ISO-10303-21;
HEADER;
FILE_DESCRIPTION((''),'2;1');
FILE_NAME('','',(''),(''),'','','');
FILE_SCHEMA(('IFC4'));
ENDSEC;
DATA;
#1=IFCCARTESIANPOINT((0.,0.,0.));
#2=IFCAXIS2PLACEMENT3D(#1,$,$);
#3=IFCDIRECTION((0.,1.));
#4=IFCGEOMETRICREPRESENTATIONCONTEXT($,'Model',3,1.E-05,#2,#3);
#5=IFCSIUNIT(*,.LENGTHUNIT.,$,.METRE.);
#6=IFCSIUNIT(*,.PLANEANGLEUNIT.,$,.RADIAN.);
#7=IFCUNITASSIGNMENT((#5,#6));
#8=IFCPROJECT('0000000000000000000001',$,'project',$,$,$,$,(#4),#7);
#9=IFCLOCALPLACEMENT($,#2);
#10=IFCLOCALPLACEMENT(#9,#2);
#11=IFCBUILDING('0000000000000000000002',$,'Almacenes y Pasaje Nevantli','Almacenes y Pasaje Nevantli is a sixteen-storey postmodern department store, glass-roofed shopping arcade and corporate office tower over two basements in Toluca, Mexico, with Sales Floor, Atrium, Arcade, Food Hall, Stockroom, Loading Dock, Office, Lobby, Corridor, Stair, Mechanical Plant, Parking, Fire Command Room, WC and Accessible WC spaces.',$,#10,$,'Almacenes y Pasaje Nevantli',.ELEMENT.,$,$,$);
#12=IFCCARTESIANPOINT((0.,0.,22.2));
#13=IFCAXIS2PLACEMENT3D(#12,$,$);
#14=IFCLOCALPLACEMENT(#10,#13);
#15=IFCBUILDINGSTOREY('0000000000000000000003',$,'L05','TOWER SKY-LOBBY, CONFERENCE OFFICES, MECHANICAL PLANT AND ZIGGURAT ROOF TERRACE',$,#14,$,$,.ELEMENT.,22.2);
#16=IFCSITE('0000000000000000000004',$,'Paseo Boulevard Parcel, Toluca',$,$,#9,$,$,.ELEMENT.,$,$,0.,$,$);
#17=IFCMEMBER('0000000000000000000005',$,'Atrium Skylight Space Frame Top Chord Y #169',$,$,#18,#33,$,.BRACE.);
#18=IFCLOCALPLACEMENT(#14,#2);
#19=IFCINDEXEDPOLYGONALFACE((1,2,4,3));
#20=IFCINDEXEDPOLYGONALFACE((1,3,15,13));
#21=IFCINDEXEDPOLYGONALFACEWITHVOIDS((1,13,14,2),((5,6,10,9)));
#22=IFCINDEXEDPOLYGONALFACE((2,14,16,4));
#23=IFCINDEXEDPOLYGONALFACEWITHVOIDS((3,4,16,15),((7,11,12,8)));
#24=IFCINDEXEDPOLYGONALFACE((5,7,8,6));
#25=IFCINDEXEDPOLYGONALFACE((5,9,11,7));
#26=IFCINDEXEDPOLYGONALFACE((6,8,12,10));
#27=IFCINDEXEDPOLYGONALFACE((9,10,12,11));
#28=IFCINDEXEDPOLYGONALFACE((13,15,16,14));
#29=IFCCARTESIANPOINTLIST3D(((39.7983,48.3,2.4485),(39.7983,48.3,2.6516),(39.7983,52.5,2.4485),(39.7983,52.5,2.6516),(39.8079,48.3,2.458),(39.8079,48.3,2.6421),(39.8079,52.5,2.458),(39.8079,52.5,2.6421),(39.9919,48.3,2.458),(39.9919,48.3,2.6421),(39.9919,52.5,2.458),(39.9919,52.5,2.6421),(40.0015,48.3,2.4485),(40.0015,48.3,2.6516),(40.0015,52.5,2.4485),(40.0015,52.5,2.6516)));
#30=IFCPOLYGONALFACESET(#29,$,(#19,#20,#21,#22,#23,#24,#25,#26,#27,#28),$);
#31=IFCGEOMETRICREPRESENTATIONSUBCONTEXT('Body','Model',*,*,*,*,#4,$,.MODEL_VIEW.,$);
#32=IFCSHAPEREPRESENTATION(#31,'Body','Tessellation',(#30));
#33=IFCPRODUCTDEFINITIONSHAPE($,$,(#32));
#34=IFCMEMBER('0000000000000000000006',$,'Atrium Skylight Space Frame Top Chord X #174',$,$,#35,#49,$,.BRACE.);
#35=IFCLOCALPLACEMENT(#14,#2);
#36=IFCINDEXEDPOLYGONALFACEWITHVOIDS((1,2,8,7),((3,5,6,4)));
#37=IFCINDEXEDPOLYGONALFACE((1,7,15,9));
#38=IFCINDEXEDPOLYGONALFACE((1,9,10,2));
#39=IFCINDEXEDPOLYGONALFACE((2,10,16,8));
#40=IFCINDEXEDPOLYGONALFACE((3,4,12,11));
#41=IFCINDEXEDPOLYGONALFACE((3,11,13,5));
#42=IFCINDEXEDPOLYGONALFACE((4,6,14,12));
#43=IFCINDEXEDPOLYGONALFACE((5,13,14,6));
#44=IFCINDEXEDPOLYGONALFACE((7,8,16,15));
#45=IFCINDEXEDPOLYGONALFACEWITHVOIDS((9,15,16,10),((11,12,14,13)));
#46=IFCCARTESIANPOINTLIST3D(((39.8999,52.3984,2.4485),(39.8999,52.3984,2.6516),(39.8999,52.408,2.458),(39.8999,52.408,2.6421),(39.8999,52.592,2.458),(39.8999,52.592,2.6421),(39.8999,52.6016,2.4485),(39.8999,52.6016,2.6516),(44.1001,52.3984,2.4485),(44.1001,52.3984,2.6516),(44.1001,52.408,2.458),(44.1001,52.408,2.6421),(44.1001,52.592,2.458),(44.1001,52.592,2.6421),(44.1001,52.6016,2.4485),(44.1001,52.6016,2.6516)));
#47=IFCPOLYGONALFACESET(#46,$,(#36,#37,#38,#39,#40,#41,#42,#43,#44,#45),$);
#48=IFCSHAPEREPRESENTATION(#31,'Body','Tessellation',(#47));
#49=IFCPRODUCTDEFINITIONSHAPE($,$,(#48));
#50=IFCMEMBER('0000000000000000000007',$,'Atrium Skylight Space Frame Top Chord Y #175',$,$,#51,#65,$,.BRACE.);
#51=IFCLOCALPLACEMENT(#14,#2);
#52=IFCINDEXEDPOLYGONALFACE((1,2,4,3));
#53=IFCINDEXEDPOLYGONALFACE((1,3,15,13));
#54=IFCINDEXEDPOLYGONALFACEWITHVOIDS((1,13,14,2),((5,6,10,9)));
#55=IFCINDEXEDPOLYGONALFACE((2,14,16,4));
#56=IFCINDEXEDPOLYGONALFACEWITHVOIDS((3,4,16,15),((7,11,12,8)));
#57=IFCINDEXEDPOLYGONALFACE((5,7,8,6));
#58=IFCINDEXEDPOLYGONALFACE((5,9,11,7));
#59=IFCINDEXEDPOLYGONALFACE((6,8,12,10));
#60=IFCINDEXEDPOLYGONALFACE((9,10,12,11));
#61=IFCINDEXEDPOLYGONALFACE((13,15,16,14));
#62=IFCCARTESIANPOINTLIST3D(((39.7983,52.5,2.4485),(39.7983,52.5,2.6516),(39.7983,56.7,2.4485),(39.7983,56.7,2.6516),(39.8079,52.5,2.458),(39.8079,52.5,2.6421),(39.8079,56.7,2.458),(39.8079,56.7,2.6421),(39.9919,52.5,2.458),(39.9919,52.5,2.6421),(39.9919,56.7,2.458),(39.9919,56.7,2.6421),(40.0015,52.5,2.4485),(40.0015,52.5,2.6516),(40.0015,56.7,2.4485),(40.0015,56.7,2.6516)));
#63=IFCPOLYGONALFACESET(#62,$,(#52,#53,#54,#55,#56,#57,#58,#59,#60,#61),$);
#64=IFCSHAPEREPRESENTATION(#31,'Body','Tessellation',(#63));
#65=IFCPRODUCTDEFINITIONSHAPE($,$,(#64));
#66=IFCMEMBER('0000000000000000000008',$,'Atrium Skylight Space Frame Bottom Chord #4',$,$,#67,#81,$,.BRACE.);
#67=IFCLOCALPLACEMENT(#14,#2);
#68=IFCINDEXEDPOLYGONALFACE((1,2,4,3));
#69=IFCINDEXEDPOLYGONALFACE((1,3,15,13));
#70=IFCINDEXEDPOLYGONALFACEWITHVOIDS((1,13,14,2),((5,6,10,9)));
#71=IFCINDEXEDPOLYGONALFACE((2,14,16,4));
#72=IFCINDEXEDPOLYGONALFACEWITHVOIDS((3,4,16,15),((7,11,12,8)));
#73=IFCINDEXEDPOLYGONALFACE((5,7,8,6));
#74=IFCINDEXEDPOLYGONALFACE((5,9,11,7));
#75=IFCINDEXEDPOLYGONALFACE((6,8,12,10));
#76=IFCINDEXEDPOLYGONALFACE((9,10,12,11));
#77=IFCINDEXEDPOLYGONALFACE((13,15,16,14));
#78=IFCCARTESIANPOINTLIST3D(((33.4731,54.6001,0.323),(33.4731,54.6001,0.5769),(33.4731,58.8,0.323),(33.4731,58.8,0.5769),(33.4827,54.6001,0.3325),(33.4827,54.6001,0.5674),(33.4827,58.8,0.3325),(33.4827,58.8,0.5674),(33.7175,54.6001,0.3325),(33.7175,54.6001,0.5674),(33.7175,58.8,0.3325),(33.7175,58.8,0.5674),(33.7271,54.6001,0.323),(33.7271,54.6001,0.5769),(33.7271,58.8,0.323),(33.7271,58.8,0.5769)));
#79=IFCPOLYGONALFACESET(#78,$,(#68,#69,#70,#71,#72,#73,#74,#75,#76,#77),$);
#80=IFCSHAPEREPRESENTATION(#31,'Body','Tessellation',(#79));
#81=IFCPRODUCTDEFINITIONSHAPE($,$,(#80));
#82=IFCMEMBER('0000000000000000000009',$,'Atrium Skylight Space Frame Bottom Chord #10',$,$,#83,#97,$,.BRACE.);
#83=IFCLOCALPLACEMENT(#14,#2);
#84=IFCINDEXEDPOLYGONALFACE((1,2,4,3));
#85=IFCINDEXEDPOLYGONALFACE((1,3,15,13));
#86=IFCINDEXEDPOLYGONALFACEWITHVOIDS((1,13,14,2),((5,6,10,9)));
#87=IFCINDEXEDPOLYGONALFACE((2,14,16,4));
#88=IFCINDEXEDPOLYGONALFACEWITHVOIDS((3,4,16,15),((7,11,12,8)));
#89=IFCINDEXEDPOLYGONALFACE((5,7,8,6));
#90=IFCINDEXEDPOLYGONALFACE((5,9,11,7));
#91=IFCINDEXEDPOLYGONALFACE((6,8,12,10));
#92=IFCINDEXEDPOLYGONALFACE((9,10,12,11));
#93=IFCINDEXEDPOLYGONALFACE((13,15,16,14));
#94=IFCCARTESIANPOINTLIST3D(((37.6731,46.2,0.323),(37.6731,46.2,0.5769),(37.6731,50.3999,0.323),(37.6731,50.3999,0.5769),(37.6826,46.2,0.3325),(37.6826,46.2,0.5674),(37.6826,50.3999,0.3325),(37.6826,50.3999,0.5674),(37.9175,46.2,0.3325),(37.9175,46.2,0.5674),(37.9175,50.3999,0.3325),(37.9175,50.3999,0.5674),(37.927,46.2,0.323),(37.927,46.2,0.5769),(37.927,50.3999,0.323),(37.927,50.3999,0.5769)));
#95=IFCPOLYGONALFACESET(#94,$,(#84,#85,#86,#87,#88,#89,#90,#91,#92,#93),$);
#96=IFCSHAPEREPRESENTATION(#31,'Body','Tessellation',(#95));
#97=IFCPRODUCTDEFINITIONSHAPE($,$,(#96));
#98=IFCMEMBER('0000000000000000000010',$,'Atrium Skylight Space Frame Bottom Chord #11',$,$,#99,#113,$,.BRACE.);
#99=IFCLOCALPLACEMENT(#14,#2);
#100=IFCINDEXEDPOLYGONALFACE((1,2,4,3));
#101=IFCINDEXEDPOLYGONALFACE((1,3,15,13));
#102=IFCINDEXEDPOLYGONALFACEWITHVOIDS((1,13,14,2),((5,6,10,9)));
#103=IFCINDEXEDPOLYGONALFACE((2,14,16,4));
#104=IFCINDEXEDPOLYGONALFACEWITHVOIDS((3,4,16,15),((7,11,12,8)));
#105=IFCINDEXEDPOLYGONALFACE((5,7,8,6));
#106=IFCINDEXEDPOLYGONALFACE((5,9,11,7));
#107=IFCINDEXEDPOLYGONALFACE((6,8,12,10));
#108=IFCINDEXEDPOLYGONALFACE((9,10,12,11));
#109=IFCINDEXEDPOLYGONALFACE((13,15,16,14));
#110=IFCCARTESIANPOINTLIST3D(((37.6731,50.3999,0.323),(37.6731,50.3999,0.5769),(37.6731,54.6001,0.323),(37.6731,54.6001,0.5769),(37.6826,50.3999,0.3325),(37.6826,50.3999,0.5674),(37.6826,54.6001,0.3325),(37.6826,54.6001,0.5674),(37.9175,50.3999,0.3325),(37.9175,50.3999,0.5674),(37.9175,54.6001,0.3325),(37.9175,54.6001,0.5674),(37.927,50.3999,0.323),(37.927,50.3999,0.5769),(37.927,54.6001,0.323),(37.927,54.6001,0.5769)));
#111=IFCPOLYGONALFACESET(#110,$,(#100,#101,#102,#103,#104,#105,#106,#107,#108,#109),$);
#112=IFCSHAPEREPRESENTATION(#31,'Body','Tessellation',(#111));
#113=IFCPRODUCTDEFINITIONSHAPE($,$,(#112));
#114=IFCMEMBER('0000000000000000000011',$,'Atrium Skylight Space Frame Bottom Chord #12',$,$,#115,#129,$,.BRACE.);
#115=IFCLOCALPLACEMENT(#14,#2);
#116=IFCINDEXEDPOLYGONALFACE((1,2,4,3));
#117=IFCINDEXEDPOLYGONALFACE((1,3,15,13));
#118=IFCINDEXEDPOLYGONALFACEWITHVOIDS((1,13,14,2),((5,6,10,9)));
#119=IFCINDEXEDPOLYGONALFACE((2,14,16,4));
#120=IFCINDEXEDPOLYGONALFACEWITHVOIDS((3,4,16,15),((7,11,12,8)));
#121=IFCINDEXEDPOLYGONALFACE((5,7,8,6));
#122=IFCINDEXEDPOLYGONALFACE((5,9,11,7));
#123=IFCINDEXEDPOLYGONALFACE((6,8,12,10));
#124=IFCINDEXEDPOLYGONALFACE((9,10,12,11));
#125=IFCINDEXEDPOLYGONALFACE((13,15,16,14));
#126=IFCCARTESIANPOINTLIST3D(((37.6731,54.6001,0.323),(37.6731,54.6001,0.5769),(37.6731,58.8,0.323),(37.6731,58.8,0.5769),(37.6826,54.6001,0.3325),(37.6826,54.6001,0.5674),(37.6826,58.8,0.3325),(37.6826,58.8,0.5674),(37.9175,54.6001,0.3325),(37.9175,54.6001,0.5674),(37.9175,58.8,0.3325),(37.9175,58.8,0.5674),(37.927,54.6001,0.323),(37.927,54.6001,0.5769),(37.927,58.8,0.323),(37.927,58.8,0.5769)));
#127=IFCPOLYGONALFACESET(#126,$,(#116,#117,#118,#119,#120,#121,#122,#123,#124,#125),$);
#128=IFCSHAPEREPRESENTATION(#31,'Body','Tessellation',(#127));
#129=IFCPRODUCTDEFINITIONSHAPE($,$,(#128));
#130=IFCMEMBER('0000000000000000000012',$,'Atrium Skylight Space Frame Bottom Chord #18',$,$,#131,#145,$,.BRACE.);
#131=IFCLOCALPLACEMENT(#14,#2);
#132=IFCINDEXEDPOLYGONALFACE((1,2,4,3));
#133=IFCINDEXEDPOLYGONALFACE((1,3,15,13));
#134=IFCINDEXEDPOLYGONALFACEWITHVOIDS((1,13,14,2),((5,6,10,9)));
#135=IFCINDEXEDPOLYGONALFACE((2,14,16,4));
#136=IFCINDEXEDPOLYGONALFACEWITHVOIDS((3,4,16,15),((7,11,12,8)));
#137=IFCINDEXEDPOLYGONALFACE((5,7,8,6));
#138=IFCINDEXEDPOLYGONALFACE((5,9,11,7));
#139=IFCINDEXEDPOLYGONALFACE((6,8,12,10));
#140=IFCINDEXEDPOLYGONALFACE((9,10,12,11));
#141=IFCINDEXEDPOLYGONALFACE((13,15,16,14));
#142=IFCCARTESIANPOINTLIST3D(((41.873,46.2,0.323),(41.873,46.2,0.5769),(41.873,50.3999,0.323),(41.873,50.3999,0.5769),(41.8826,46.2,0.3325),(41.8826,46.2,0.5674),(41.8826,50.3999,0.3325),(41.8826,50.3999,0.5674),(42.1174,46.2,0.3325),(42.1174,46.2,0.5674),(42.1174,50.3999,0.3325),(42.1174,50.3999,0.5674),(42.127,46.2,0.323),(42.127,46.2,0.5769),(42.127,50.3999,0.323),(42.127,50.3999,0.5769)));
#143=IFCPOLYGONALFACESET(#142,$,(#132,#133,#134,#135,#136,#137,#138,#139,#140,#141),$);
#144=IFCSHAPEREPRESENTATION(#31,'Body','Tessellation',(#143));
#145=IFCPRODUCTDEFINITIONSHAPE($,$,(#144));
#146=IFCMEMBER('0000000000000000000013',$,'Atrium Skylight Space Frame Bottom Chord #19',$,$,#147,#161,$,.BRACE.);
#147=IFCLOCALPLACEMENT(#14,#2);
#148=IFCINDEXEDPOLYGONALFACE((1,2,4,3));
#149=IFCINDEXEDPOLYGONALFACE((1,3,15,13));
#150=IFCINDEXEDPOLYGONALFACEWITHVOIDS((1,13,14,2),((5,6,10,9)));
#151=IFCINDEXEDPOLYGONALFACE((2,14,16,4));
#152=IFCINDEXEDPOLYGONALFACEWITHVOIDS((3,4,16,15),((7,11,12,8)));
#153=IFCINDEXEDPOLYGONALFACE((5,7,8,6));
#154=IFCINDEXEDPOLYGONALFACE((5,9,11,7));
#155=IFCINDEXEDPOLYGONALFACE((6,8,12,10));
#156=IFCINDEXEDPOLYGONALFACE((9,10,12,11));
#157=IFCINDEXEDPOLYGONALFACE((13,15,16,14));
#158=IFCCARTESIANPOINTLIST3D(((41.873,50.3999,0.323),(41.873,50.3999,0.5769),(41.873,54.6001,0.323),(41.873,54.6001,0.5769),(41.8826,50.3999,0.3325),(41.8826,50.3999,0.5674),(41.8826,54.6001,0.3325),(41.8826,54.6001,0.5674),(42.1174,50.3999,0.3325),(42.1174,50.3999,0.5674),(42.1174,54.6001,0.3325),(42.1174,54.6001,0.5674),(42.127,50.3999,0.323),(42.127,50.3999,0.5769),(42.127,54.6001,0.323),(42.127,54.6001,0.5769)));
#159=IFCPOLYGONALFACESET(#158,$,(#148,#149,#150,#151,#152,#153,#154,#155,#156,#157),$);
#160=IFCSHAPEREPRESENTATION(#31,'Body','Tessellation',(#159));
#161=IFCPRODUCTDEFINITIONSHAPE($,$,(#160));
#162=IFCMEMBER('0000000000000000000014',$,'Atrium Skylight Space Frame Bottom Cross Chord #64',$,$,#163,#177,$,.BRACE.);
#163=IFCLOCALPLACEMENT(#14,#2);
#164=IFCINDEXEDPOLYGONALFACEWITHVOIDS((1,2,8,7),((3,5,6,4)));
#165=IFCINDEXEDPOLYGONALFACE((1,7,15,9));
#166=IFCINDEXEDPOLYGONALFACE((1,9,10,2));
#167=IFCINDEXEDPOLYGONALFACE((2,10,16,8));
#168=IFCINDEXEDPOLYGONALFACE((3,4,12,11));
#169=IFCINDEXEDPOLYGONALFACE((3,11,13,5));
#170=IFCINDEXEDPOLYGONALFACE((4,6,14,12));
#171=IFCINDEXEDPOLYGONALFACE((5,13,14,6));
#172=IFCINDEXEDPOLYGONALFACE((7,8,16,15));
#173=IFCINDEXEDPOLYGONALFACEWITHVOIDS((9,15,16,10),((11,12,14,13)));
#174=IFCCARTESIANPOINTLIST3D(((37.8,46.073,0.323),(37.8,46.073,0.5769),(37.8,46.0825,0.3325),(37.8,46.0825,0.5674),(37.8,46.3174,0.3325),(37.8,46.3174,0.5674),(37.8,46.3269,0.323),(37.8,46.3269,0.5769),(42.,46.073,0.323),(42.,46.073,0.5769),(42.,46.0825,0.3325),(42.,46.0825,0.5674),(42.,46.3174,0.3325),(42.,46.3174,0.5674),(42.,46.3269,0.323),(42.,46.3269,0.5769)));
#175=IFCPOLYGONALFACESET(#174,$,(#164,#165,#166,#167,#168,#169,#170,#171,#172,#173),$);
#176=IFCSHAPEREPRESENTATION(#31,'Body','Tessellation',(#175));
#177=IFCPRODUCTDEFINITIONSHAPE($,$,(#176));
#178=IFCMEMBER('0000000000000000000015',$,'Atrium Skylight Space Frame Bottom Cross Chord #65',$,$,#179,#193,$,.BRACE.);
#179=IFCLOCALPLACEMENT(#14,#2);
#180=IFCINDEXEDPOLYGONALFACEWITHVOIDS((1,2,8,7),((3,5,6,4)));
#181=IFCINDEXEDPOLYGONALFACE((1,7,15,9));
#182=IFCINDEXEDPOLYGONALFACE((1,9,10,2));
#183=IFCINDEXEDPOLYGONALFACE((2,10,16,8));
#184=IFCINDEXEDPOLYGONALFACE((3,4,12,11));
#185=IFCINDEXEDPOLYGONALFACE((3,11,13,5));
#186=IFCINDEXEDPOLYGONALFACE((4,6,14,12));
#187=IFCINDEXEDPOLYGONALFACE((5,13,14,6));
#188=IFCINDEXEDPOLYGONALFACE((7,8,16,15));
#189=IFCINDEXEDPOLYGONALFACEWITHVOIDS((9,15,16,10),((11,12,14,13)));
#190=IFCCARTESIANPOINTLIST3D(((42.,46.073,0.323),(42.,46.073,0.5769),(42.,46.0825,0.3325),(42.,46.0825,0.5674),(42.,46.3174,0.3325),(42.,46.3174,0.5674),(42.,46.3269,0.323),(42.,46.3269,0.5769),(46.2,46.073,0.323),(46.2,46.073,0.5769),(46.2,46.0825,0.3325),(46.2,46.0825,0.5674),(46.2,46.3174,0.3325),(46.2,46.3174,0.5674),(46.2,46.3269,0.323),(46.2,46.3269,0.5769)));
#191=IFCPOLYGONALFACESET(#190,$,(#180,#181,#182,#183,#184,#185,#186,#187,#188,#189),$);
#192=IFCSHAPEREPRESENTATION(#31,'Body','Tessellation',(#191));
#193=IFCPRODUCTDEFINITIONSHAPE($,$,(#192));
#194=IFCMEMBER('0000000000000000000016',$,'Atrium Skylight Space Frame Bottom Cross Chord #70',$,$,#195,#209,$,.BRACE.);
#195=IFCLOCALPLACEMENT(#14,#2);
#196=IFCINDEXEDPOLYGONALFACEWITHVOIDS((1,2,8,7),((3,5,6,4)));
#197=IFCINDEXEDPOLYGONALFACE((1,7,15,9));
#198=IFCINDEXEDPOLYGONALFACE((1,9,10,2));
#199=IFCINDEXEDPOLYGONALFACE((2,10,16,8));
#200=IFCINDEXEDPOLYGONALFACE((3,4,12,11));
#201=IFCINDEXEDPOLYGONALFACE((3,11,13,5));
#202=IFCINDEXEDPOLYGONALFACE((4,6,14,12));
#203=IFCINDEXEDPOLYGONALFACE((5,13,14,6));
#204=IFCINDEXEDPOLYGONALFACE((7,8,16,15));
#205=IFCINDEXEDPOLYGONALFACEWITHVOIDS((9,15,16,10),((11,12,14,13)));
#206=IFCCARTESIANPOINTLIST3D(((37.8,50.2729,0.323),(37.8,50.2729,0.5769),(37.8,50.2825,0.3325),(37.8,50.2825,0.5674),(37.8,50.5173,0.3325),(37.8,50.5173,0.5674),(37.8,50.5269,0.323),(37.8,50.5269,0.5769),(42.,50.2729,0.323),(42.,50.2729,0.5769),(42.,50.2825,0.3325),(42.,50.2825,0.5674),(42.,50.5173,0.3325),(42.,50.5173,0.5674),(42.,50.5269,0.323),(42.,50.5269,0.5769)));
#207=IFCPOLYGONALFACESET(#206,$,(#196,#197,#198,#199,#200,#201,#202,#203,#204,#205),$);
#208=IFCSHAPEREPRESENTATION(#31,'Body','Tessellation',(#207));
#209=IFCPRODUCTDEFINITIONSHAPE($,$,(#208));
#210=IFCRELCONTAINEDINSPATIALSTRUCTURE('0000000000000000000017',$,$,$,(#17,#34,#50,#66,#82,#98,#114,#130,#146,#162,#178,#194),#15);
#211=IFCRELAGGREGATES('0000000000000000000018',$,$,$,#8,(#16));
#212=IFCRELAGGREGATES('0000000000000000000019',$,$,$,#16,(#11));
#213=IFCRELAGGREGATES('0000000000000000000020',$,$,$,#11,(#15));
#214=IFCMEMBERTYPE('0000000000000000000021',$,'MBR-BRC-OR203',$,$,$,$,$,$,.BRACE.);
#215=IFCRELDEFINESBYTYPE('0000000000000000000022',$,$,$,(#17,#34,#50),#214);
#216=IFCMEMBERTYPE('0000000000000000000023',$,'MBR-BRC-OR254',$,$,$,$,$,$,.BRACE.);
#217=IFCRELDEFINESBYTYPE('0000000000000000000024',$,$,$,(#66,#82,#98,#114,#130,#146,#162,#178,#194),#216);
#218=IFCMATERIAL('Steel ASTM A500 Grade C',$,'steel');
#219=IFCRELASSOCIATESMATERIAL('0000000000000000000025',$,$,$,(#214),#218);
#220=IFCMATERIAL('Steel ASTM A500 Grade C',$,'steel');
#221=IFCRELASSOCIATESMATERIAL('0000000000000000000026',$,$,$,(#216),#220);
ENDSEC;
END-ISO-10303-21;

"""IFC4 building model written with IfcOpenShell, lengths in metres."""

from ifc_helpers import new_model, si_unit, direction, frame, origin, origin_2d, place, context, subcontext, project, spatial, hollow_rectangle, extrude, material, material_profile, profile_set, type_object, element, save


model = new_model("IFC4")

# Units and contexts
model_context = context("Model", 3, precision=1e-05, world=origin(), true_north=direction((0.0, 1.0)))
body_context = subcontext(model_context, "Body", "Model", "MODEL_VIEW")
ifc_project = project(units=[si_unit("LENGTHUNIT", "METRE"), si_unit("PLANEANGLEUNIT", "RADIAN")], contexts=[model_context])

# Site, building, storey
site_placement = place(None, origin())
site = spatial("IfcSite", under=ifc_project, at=site_placement, Name="Paseo Boulevard Parcel, Toluca", CompositionType="ELEMENT", RefElevation=0.0)
building_placement = place(site_placement, origin())
building = spatial("IfcBuilding", under=site, at=building_placement, Name="Almacenes y Pasaje Nevantli", Description="Almacenes y Pasaje Nevantli is a sixteen-storey postmodern department store, glass-roofed shopping arcade and corporate office tower over two basements in Toluca, Mexico, with Sales Floor, Atrium, Arcade, Food Hall, Stockroom, Loading Dock, Office, Lobby, Corridor, Stair, Mechanical Plant, Parking, Fire Command Room, WC and Accessible WC spaces.", LongName="Almacenes y Pasaje Nevantli", CompositionType="ELEMENT")
storey_placement = place(building_placement, frame((0.0, 0.0, 22.2)))
storey = spatial("IfcBuildingStorey", under=building, at=storey_placement, Name="L05", Description="TOWER SKY-LOBBY, CONFERENCE OFFICES, MECHANICAL PLANT AND ZIGGURAT ROOF TERRACE", CompositionType="ELEMENT", Elevation=22.2)

# Members
ifc_material_1 = material(Name="Steel ASTM A500 Grade C", Category="steel")
ifc_material_profile_1 = material_profile(ifc_material_1, hollow_rectangle(XDim=0.2031, YDim=0.2031, WallThickness=0.0095, at=origin_2d()), Name="OR 203x203x9.5")
ifc_profile_set_1 = profile_set([ifc_material_profile_1], Name="Steel ASTM A500 Grade C")
member_type_1 = type_object("IfcMemberType", Name="MBR-BRC-OR203", PredefinedType="BRACE", material=ifc_profile_set_1)
member_1_placement = place(storey_placement, frame((39.8999, 48.3, 2.55), z_axis=(0.0, 1.0, 0.0), x_axis=(-1.0, 0.0, 0.0)))
element("IfcMember", 1, at=member_1_placement, inside=storey, type_object=member_type_1, Name="Atrium Skylight Space Frame Top Chord Y #169", PredefinedType="BRACE", context=body_context, shape_type="SweptSolid", body=[
    extrude(hollow_rectangle(XDim=0.2031, YDim=0.2031, WallThickness=0.0095, at=origin_2d()), origin(), (0.0, 0.0, 1.0), 4.2),
])
member_2_placement = place(storey_placement, frame((39.8999, 52.5, 2.55), z_axis=(1.0, 0.0, 0.0), x_axis=(0.0, 1.0, 0.0)))
element("IfcMember", 2, at=member_2_placement, inside=storey, type_object=member_type_1, Name="Atrium Skylight Space Frame Top Chord X #174", PredefinedType="BRACE", context=body_context, shape_type="SweptSolid", body=[
    extrude(hollow_rectangle(XDim=0.2031, YDim=0.2031, WallThickness=0.0095, at=origin_2d()), origin(), (0.0, 0.0, 1.0), 4.2002),
])
member_3_placement = place(storey_placement, frame((39.8999, 52.5, 2.55), z_axis=(0.0, 1.0, 0.0), x_axis=(-1.0, 0.0, 0.0)))
element("IfcMember", 3, at=member_3_placement, inside=storey, type_object=member_type_1, Name="Atrium Skylight Space Frame Top Chord Y #175", PredefinedType="BRACE", context=body_context, shape_type="SweptSolid", body=[
    extrude(hollow_rectangle(XDim=0.2031, YDim=0.2031, WallThickness=0.0095, at=origin_2d()), origin(), (0.0, 0.0, 1.0), 4.2),
])
ifc_material_2 = material(Name="Steel ASTM A500 Grade C", Category="steel")
ifc_material_profile_2 = material_profile(ifc_material_2, hollow_rectangle(XDim=0.2539, YDim=0.2539, WallThickness=0.0095, at=origin_2d()), Name="OR 254x254x9.5")
ifc_profile_set_2 = profile_set([ifc_material_profile_2], Name="Steel ASTM A500 Grade C")
member_type_2 = type_object("IfcMemberType", Name="MBR-BRC-OR254", PredefinedType="BRACE", material=ifc_profile_set_2)
for number, where, z_axis, x_axis, name in (
    (4, (33.6001, 54.6001, 0.45), (0.0, 1.0, 0.0), (-1.0, 0.0, 0.0), "Atrium Skylight Space Frame Bottom Chord #4"),
    (5, (37.8, 46.2, 0.45), (0.0, 1.0, 0.0), (-1.0, 0.0, 0.0), "Atrium Skylight Space Frame Bottom Chord #10"),
):
    element("IfcMember", number, at=place(storey_placement, frame(where, z_axis=z_axis, x_axis=x_axis)), inside=storey, type_object=member_type_2, Name=name, PredefinedType="BRACE", context=body_context, shape_type="SweptSolid", body=[
        extrude(hollow_rectangle(XDim=0.2539, YDim=0.2539, WallThickness=0.0095, at=origin_2d()), origin(), (0.0, 0.0, 1.0), 4.2),
    ])
member_4_placement = place(storey_placement, frame((37.8, 50.3999, 0.45), z_axis=(0.0, 1.0, 0.0), x_axis=(-1.0, 0.0, 0.0)))
element("IfcMember", 6, at=member_4_placement, inside=storey, type_object=member_type_2, Name="Atrium Skylight Space Frame Bottom Chord #11", PredefinedType="BRACE", context=body_context, shape_type="SweptSolid", body=[
    extrude(hollow_rectangle(XDim=0.2539, YDim=0.2539, WallThickness=0.0095, at=origin_2d()), origin(), (0.0, 0.0, 1.0), 4.2002),
])
for number, where, z_axis, x_axis, name in (
    (7, (37.8, 54.6001, 0.45), (0.0, 1.0, 0.0), (-1.0, 0.0, 0.0), "Atrium Skylight Space Frame Bottom Chord #12"),
    (8, (42.0, 46.2, 0.45), (0.0, 1.0, 0.0), (-1.0, 0.0, 0.0), "Atrium Skylight Space Frame Bottom Chord #18"),
):
    element("IfcMember", number, at=place(storey_placement, frame(where, z_axis=z_axis, x_axis=x_axis)), inside=storey, type_object=member_type_2, Name=name, PredefinedType="BRACE", context=body_context, shape_type="SweptSolid", body=[
        extrude(hollow_rectangle(XDim=0.2539, YDim=0.2539, WallThickness=0.0095, at=origin_2d()), origin(), (0.0, 0.0, 1.0), 4.2),
    ])
member_5_placement = place(storey_placement, frame((42.0, 50.3999, 0.45), z_axis=(0.0, 1.0, 0.0), x_axis=(-1.0, 0.0, 0.0)))
element("IfcMember", 9, at=member_5_placement, inside=storey, type_object=member_type_2, Name="Atrium Skylight Space Frame Bottom Chord #19", PredefinedType="BRACE", context=body_context, shape_type="SweptSolid", body=[
    extrude(hollow_rectangle(XDim=0.2539, YDim=0.2539, WallThickness=0.0095, at=origin_2d()), origin(), (0.0, 0.0, 1.0), 4.2002),
])
for number, where, z_axis, x_axis, name in (
    (10, (37.8, 46.2, 0.45), (1.0, 0.0, 0.0), (0.0, 1.0, 0.0), "Atrium Skylight Space Frame Bottom Cross Chord #64"),
    (11, (42.0, 46.2, 0.45), (1.0, 0.0, 0.0), (0.0, 1.0, 0.0), "Atrium Skylight Space Frame Bottom Cross Chord #65"),
    (12, (37.8, 50.3999, 0.45), (1.0, 0.0, 0.0), (0.0, 1.0, 0.0), "Atrium Skylight Space Frame Bottom Cross Chord #70"),
):
    element("IfcMember", number, at=place(storey_placement, frame(where, z_axis=z_axis, x_axis=x_axis)), inside=storey, type_object=member_type_2, Name=name, PredefinedType="BRACE", context=body_context, shape_type="SweptSolid", body=[
        extrude(hollow_rectangle(XDim=0.2539, YDim=0.2539, WallThickness=0.0095, at=origin_2d()), origin(), (0.0, 0.0, 1.0), 4.2),
    ])

save(model, "model.ifc")
